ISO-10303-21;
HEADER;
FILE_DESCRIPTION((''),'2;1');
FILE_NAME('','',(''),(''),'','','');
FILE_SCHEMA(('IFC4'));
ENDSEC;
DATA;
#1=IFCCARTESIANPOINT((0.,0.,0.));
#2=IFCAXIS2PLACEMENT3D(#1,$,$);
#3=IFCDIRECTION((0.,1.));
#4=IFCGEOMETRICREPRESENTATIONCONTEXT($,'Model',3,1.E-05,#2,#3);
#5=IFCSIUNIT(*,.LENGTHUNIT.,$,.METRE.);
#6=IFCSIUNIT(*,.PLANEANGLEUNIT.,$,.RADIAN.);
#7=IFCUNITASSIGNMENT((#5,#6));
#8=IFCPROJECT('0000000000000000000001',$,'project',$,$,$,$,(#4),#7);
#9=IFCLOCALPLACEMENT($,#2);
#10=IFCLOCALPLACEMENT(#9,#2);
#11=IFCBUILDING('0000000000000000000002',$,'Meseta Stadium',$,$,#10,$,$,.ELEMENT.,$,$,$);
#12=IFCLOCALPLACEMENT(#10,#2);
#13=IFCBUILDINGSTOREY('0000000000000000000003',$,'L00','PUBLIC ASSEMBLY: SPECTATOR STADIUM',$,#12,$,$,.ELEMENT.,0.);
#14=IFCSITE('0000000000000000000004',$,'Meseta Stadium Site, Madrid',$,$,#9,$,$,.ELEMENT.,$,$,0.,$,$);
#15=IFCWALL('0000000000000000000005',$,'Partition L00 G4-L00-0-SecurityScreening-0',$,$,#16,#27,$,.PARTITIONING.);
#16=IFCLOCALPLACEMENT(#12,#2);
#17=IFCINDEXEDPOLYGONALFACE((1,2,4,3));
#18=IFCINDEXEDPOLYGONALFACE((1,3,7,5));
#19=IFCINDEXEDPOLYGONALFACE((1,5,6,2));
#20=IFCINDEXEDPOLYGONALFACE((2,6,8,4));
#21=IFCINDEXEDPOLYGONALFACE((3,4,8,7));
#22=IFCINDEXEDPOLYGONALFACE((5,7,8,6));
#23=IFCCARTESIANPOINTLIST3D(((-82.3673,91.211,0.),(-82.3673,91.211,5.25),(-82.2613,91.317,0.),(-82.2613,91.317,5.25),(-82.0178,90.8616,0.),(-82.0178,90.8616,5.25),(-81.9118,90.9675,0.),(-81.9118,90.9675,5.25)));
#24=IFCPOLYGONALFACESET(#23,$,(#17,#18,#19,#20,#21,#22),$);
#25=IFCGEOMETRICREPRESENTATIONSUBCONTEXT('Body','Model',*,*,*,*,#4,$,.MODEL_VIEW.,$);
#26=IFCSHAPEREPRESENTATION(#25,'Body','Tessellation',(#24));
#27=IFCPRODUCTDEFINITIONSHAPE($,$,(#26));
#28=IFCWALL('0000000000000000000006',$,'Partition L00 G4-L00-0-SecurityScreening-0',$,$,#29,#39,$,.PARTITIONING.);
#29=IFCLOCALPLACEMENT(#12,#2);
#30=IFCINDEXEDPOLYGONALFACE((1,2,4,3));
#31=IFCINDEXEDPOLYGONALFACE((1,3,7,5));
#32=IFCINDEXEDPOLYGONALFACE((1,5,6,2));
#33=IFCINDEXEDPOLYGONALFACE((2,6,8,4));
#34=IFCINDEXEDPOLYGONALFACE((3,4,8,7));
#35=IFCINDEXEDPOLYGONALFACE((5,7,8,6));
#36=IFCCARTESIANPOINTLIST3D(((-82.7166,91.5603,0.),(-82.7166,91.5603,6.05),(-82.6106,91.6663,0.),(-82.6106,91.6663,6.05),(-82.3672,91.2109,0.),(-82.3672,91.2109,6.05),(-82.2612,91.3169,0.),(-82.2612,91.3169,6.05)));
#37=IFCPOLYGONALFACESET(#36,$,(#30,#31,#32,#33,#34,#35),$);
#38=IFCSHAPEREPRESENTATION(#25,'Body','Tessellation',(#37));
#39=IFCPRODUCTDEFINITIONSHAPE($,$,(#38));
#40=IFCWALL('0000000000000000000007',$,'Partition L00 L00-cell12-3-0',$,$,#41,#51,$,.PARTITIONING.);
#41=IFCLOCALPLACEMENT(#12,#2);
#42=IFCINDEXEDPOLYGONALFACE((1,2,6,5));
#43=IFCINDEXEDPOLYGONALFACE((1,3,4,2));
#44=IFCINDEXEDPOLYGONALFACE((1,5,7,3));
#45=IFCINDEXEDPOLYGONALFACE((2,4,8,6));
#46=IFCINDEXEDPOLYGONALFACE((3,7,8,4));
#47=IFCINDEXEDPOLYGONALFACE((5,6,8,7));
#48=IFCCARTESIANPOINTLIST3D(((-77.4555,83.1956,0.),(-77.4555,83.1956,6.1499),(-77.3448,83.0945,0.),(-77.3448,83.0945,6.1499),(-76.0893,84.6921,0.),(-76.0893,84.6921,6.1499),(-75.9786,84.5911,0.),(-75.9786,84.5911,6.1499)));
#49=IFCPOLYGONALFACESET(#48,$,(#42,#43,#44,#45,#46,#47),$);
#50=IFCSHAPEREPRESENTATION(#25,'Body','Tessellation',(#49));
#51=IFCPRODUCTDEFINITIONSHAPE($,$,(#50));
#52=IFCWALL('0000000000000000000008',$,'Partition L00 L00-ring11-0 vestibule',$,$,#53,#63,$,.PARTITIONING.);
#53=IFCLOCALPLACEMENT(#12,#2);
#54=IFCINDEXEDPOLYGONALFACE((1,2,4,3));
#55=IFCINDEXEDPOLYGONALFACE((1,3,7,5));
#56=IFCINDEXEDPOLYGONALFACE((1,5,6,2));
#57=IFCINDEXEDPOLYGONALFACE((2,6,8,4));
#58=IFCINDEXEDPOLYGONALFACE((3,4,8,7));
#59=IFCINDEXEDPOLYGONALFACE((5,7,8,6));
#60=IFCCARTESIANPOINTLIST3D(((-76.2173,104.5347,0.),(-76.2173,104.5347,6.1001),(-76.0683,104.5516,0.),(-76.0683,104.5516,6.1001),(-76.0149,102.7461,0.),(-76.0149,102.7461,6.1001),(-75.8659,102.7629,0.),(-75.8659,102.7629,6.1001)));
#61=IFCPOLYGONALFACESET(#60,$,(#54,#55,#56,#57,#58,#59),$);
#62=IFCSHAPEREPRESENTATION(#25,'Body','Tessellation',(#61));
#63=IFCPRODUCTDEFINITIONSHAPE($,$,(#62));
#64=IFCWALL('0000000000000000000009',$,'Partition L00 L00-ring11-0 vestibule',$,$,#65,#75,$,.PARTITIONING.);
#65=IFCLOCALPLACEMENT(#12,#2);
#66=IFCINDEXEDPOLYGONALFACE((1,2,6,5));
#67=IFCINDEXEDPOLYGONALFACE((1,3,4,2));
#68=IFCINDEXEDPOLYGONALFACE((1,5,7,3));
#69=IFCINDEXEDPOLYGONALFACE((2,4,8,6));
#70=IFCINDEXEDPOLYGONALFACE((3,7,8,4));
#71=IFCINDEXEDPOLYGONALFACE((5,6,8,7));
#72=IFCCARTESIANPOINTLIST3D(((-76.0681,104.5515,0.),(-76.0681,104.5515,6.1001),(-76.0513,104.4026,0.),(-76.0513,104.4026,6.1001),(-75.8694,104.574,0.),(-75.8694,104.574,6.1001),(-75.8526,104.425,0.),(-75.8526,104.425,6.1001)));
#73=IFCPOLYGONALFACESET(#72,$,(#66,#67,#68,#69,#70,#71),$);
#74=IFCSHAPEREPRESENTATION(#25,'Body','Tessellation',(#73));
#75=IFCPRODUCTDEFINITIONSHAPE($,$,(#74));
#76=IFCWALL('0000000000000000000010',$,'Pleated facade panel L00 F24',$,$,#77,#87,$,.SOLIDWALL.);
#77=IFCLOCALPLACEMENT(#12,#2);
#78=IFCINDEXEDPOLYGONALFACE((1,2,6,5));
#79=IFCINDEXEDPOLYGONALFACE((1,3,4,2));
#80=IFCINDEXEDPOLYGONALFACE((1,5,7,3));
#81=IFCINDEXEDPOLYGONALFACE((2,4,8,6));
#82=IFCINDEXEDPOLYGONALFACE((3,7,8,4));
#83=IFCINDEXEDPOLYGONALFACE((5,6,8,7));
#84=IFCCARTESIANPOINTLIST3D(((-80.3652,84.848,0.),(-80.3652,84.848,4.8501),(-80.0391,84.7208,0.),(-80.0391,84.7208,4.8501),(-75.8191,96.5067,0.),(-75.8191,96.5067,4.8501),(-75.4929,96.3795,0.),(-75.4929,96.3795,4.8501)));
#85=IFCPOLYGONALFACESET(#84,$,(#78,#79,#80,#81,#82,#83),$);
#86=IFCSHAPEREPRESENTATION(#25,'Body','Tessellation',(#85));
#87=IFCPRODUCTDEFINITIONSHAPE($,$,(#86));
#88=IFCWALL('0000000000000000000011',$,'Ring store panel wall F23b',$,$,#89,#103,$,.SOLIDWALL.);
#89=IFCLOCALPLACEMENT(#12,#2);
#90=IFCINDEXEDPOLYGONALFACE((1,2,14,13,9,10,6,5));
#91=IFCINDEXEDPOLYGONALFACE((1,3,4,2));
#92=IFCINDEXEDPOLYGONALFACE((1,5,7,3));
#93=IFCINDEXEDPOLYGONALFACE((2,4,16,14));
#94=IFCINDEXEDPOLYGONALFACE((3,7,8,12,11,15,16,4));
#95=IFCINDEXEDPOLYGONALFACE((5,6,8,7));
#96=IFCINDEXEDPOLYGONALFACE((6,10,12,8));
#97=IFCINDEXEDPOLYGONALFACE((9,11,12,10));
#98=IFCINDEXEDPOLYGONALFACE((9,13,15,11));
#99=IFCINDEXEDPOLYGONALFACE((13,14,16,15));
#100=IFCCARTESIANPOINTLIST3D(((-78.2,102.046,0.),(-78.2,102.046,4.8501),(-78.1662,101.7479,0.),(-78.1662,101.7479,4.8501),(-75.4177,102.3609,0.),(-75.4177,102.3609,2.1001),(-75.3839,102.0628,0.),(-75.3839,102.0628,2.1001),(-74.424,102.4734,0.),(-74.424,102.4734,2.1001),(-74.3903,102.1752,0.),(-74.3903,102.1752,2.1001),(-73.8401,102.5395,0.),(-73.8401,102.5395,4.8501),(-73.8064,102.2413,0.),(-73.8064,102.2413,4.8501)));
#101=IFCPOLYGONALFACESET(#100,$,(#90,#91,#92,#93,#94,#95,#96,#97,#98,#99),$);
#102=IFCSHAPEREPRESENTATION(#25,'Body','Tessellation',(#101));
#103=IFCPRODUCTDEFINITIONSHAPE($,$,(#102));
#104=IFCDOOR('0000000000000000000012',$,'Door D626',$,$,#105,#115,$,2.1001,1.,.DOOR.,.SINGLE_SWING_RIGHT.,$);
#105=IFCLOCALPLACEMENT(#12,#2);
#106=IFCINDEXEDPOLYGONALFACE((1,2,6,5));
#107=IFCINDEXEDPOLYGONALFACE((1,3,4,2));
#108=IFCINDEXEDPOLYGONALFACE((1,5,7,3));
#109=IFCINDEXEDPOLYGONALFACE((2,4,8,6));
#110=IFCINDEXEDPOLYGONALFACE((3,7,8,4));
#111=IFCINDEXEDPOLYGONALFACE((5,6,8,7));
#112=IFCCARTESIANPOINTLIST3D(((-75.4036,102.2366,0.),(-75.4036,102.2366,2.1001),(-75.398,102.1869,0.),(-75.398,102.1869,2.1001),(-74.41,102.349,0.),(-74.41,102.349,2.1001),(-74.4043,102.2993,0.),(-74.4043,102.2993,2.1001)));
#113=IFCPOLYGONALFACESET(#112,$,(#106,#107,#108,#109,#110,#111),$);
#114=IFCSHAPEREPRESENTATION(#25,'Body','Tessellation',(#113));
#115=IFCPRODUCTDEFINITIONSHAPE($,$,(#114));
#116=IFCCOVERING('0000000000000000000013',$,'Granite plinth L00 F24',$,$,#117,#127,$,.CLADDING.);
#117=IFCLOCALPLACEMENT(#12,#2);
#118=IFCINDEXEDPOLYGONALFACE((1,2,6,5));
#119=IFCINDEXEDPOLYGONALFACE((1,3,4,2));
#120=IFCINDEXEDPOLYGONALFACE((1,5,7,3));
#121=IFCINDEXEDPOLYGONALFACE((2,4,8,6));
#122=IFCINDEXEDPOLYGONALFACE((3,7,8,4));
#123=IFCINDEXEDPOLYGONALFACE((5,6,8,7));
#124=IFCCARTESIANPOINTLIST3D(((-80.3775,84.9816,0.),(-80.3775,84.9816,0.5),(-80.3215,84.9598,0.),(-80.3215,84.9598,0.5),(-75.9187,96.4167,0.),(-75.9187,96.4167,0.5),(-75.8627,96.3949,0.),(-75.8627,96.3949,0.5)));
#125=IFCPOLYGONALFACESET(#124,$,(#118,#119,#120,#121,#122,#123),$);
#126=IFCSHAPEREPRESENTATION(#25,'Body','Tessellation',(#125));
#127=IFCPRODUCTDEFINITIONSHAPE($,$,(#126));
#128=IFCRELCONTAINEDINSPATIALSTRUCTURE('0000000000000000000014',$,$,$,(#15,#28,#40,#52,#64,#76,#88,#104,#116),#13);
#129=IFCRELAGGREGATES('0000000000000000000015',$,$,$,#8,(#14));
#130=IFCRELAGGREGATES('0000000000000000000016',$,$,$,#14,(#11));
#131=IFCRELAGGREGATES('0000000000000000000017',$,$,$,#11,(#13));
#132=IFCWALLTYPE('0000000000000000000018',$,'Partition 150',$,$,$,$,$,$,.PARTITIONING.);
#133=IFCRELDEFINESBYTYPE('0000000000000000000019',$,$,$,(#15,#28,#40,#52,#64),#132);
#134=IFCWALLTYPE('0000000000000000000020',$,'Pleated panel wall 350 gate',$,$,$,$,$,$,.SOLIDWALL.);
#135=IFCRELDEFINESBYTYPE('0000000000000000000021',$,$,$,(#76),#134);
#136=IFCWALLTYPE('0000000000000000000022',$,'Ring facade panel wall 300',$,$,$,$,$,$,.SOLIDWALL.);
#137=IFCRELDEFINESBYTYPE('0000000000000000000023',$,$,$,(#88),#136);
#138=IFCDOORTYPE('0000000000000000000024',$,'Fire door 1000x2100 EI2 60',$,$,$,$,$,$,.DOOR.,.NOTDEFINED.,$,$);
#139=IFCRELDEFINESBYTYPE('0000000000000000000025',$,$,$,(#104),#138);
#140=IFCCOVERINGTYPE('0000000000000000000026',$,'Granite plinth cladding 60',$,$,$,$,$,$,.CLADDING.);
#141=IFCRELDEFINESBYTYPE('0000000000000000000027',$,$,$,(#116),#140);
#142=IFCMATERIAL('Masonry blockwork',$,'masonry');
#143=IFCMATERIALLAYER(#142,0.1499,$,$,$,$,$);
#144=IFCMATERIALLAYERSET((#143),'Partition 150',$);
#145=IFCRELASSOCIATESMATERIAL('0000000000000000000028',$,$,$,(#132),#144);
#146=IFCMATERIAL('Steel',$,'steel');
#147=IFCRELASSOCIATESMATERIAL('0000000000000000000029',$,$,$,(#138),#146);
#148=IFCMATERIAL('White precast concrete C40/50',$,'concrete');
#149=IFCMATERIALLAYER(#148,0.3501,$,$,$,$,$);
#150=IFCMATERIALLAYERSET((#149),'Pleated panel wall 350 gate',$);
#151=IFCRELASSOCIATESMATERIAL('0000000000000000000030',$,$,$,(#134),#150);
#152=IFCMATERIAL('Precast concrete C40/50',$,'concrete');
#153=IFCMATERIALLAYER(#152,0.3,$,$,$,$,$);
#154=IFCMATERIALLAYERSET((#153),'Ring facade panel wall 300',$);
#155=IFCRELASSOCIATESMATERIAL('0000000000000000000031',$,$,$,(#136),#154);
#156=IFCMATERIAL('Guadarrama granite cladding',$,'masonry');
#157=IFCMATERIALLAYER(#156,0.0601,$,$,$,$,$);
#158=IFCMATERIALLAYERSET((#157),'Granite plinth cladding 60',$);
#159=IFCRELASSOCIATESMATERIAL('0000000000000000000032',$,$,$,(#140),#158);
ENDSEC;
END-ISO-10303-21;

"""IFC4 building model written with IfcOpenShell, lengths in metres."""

from ifc_helpers import new_model, si_unit, direction, frame, frame_2d, origin, origin_2d, place, context, subcontext, project, spatial, rectangle, extrude, material, layer, layer_set, type_object, element, fill, save


model = new_model("IFC4")

# Units and contexts
model_context = context("Model", 3, precision=1e-05, world=origin(), true_north=direction((0.0, 1.0)))
body_context = subcontext(model_context, "Body", "Model", "MODEL_VIEW")
ifc_project = project(units=[si_unit("LENGTHUNIT", "METRE"), si_unit("PLANEANGLEUNIT", "RADIAN")], contexts=[model_context])

# Site, building, storey
site_placement = place(None, origin())
site = spatial("IfcSite", under=ifc_project, at=site_placement, Name="Meseta Stadium Site, Madrid", CompositionType="ELEMENT", RefElevation=0.0)
building_placement = place(site_placement, origin())
building = spatial("IfcBuilding", under=site, at=building_placement, Name="Meseta Stadium", CompositionType="ELEMENT")
storey_placement = place(building_placement, origin())
storey = spatial("IfcBuildingStorey", under=building, at=storey_placement, Name="L00", Description="PUBLIC ASSEMBLY: SPECTATOR STADIUM", CompositionType="ELEMENT", Elevation=0.0)

# Shared definitions
ifc_material_1 = material(Name="Masonry blockwork", Category="masonry")
ifc_layer_1 = layer(ifc_material_1, 0.1499)
ifc_layer_set_1 = layer_set([ifc_layer_1], Name="Partition 150")
wall_type_1 = type_object("IfcWallType", Name="Partition 150", PredefinedType="PARTITIONING", material=ifc_layer_set_1)
ifc_material_2 = material(Name="Steel", Category="steel")
door_type = type_object("IfcDoorType", Name="Fire door 1000x2100 EI2 60", OperationType="NOTDEFINED", PredefinedType="DOOR", material=ifc_material_2)

# Walls
for number, where, z_axis, x_axis, name in (
    (1, (-81.9648, 90.9146, 0.0), (0.0, 0.0, 1.0), (-0.707107, 0.707107, 0.0), "Partition L00 G4-L00-0-SecurityScreening-0"),
):
    element("IfcWall", number, at=place(storey_placement, frame(where, z_axis=z_axis, x_axis=x_axis)), inside=storey, type_object=wall_type_1, Name=name, PredefinedType="PARTITIONING", context=body_context, shape_type="SweptSolid", body=[
        extrude(rectangle(XDim=0.4941, YDim=0.1499, at=frame_2d((0.2471, 0.0))), origin(), (0.0, 0.0, 1.0), 5.25),
    ])
wall_1_placement = place(storey_placement, frame((-82.3142, 91.2639, 0.0), z_axis=(0.0, 0.0, 1.0), x_axis=(-0.707107, 0.707107, 0.0)))
element("IfcWall", 2, at=wall_1_placement, inside=storey, type_object=wall_type_1, Name="Partition L00 G4-L00-0-SecurityScreening-0", PredefinedType="PARTITIONING", context=body_context, shape_type="SweptSolid", body=[
    extrude(rectangle(XDim=0.4941, YDim=0.1499, at=frame_2d((0.2471, 0.0))), origin(), (0.0, 0.0, 1.0), 6.05),
])
wall_2_placement = place(storey_placement, frame((-76.0339, 84.6416, 0.0), z_axis=(0.0, 0.0, 1.0), x_axis=(-0.674207, -0.738543, 0.0)))
element("IfcWall", 3, at=wall_2_placement, inside=storey, type_object=wall_type_1, Name="Partition L00 L00-cell12-3-0", PredefinedType="PARTITIONING", context=body_context, shape_type="SweptSolid", body=[
    extrude(rectangle(XDim=2.0264, YDim=0.1499, at=frame_2d((1.0132, 0.0))), origin(), (0.0, 0.0, 1.0), 6.1499),
])
wall_3_placement = place(storey_placement, frame((-75.9404, 102.7546, 0.0), z_axis=(0.0, 0.0, 1.0), x_axis=(-0.112441, 0.993658, 0.0)))
element("IfcWall", 4, at=wall_3_placement, inside=storey, type_object=wall_type_1, Name="Partition L00 L00-ring11-0 vestibule", PredefinedType="PARTITIONING", context=body_context, shape_type="SweptSolid", body=[
    extrude(rectangle(XDim=1.8, YDim=0.1499, at=frame_2d((0.8999, 0.0))), origin(), (0.0, 0.0, 1.0), 6.1001),
])
wall_4_placement = place(storey_placement, frame((-76.0598, 104.4771, 0.0), z_axis=(0.0, 0.0, 1.0), x_axis=(0.993674, 0.112307, 0.0)))
element("IfcWall", 5, at=wall_4_placement, inside=storey, type_object=wall_type_1, Name="Partition L00 L00-ring11-0 vestibule", PredefinedType="PARTITIONING", context=body_context, shape_type="SweptSolid", body=[
    extrude(rectangle(XDim=0.2, YDim=0.1499, at=frame_2d((0.1001, 0.0))), origin(), (0.0, 0.0, 1.0), 6.1001),
])
ifc_material_3 = material(Name="White precast concrete C40/50", Category="concrete")
ifc_layer_2 = layer(ifc_material_3, 0.3501)
ifc_layer_set_2 = layer_set([ifc_layer_2], Name="Pleated panel wall 350 gate")
wall_type_2 = type_object("IfcWallType", Name="Pleated panel wall 350 gate", PredefinedType="SOLIDWALL", material=ifc_layer_set_2)
wall_5_placement = place(storey_placement, frame((-80.2021, 84.7844, 0.0), z_axis=(0.0, 0.0, 1.0), x_axis=(0.363293, 0.931675, 0.0)))
element("IfcWall", 6, at=wall_5_placement, inside=storey, type_object=wall_type_2, Name="Pleated facade panel L00 F24", PredefinedType="SOLIDWALL", context=body_context, shape_type="SweptSolid", body=[
    extrude(rectangle(XDim=12.5137, YDim=0.3501, at=frame_2d((6.2568, 0.0))), origin(), (0.0, 0.0, 1.0), 4.8501),
])

# Wall, opening, door
ifc_material_4 = material(Name="Precast concrete C40/50", Category="concrete")
ifc_layer_3 = layer(ifc_material_4, 0.3)
ifc_layer_set_3 = layer_set([ifc_layer_3], Name="Ring facade panel wall 300")
wall_type_3 = type_object("IfcWallType", Name="Ring facade panel wall 300", PredefinedType="SOLIDWALL", material=ifc_layer_set_3)
wall_6_placement = place(storey_placement, frame((-78.1831, 101.897, 0.0), z_axis=(0.0, 0.0, 1.0), x_axis=(0.993657, 0.112453, 0.0)))
wall_6 = element("IfcWall", 7, at=wall_6_placement, inside=storey, type_object=wall_type_3, Name="Ring store panel wall F23b", PredefinedType="SOLIDWALL", context=body_context, shape_type="SweptSolid", body=[
    extrude(rectangle(XDim=4.3877, YDim=0.3, at=frame_2d((2.1938, 0.0))), origin(), (0.0, 0.0, 1.0), 4.8501),
])
opening_1_placement = place(wall_6_placement, frame((2.8, 0.0, 0.0)))
opening_1 = element("IfcOpeningElement", 8, at=opening_1_placement, cuts=wall_6, PredefinedType="OPENING", context=body_context, shape_type="SweptSolid", body=[
    extrude(rectangle(XDim=1.0, YDim=2.1001, at=frame_2d((0.5, 1.05))), frame((0.0, 0.1599, 0.0), z_axis=(0.0, -1.0, 0.0), x_axis=(1.0, 0.0, 0.0)), (0.0, 0.0, 1.0), 0.3201),
])
door_1_placement = place(opening_1_placement, origin())
door_1 = element("IfcDoor", 9, at=door_1_placement, inside=storey, type_object=door_type, Name="Door D626", OperationType="SINGLE_SWING_RIGHT", OverallHeight=2.1001, OverallWidth=1.0, PredefinedType="DOOR", context=body_context, shape_type="SweptSolid", body=[
    extrude(rectangle(XDim=1.0, YDim=2.1001, at=frame_2d((0.5, 1.05))), frame((0.0, 0.0249, 0.0), z_axis=(0.0, -1.0, 0.0), x_axis=(1.0, 0.0, 0.0)), (0.0, 0.0, 1.0), 0.05),
])
fill(opening_1, door_1)

# Covering
ifc_material_5 = material(Name="Guadarrama granite cladding", Category="masonry")
ifc_layer_4 = layer(ifc_material_5, 0.0601)
ifc_layer_set_4 = layer_set([ifc_layer_4], Name="Granite plinth cladding 60")
covering_type = type_object("IfcCoveringType", Name="Granite plinth cladding 60", PredefinedType="CLADDING", material=ifc_layer_set_4)
covering_placement = place(storey_placement, frame((-78.1201, 90.6882, 0.0), z_axis=(0.0, 0.0, 1.0), x_axis=(0.363281, 0.93168, 0.0)))
element("IfcCovering", 10, at=covering_placement, inside=storey, type_object=covering_type, Name="Granite plinth L00 F24", PredefinedType="CLADDING", context=body_context, shape_type="SweptSolid", body=[
    extrude(rectangle(XDim=12.2737, YDim=0.0601, at=origin_2d()), origin(), (0.0, 0.0, 1.0), 0.5),
])

save(model, "model.ifc")
